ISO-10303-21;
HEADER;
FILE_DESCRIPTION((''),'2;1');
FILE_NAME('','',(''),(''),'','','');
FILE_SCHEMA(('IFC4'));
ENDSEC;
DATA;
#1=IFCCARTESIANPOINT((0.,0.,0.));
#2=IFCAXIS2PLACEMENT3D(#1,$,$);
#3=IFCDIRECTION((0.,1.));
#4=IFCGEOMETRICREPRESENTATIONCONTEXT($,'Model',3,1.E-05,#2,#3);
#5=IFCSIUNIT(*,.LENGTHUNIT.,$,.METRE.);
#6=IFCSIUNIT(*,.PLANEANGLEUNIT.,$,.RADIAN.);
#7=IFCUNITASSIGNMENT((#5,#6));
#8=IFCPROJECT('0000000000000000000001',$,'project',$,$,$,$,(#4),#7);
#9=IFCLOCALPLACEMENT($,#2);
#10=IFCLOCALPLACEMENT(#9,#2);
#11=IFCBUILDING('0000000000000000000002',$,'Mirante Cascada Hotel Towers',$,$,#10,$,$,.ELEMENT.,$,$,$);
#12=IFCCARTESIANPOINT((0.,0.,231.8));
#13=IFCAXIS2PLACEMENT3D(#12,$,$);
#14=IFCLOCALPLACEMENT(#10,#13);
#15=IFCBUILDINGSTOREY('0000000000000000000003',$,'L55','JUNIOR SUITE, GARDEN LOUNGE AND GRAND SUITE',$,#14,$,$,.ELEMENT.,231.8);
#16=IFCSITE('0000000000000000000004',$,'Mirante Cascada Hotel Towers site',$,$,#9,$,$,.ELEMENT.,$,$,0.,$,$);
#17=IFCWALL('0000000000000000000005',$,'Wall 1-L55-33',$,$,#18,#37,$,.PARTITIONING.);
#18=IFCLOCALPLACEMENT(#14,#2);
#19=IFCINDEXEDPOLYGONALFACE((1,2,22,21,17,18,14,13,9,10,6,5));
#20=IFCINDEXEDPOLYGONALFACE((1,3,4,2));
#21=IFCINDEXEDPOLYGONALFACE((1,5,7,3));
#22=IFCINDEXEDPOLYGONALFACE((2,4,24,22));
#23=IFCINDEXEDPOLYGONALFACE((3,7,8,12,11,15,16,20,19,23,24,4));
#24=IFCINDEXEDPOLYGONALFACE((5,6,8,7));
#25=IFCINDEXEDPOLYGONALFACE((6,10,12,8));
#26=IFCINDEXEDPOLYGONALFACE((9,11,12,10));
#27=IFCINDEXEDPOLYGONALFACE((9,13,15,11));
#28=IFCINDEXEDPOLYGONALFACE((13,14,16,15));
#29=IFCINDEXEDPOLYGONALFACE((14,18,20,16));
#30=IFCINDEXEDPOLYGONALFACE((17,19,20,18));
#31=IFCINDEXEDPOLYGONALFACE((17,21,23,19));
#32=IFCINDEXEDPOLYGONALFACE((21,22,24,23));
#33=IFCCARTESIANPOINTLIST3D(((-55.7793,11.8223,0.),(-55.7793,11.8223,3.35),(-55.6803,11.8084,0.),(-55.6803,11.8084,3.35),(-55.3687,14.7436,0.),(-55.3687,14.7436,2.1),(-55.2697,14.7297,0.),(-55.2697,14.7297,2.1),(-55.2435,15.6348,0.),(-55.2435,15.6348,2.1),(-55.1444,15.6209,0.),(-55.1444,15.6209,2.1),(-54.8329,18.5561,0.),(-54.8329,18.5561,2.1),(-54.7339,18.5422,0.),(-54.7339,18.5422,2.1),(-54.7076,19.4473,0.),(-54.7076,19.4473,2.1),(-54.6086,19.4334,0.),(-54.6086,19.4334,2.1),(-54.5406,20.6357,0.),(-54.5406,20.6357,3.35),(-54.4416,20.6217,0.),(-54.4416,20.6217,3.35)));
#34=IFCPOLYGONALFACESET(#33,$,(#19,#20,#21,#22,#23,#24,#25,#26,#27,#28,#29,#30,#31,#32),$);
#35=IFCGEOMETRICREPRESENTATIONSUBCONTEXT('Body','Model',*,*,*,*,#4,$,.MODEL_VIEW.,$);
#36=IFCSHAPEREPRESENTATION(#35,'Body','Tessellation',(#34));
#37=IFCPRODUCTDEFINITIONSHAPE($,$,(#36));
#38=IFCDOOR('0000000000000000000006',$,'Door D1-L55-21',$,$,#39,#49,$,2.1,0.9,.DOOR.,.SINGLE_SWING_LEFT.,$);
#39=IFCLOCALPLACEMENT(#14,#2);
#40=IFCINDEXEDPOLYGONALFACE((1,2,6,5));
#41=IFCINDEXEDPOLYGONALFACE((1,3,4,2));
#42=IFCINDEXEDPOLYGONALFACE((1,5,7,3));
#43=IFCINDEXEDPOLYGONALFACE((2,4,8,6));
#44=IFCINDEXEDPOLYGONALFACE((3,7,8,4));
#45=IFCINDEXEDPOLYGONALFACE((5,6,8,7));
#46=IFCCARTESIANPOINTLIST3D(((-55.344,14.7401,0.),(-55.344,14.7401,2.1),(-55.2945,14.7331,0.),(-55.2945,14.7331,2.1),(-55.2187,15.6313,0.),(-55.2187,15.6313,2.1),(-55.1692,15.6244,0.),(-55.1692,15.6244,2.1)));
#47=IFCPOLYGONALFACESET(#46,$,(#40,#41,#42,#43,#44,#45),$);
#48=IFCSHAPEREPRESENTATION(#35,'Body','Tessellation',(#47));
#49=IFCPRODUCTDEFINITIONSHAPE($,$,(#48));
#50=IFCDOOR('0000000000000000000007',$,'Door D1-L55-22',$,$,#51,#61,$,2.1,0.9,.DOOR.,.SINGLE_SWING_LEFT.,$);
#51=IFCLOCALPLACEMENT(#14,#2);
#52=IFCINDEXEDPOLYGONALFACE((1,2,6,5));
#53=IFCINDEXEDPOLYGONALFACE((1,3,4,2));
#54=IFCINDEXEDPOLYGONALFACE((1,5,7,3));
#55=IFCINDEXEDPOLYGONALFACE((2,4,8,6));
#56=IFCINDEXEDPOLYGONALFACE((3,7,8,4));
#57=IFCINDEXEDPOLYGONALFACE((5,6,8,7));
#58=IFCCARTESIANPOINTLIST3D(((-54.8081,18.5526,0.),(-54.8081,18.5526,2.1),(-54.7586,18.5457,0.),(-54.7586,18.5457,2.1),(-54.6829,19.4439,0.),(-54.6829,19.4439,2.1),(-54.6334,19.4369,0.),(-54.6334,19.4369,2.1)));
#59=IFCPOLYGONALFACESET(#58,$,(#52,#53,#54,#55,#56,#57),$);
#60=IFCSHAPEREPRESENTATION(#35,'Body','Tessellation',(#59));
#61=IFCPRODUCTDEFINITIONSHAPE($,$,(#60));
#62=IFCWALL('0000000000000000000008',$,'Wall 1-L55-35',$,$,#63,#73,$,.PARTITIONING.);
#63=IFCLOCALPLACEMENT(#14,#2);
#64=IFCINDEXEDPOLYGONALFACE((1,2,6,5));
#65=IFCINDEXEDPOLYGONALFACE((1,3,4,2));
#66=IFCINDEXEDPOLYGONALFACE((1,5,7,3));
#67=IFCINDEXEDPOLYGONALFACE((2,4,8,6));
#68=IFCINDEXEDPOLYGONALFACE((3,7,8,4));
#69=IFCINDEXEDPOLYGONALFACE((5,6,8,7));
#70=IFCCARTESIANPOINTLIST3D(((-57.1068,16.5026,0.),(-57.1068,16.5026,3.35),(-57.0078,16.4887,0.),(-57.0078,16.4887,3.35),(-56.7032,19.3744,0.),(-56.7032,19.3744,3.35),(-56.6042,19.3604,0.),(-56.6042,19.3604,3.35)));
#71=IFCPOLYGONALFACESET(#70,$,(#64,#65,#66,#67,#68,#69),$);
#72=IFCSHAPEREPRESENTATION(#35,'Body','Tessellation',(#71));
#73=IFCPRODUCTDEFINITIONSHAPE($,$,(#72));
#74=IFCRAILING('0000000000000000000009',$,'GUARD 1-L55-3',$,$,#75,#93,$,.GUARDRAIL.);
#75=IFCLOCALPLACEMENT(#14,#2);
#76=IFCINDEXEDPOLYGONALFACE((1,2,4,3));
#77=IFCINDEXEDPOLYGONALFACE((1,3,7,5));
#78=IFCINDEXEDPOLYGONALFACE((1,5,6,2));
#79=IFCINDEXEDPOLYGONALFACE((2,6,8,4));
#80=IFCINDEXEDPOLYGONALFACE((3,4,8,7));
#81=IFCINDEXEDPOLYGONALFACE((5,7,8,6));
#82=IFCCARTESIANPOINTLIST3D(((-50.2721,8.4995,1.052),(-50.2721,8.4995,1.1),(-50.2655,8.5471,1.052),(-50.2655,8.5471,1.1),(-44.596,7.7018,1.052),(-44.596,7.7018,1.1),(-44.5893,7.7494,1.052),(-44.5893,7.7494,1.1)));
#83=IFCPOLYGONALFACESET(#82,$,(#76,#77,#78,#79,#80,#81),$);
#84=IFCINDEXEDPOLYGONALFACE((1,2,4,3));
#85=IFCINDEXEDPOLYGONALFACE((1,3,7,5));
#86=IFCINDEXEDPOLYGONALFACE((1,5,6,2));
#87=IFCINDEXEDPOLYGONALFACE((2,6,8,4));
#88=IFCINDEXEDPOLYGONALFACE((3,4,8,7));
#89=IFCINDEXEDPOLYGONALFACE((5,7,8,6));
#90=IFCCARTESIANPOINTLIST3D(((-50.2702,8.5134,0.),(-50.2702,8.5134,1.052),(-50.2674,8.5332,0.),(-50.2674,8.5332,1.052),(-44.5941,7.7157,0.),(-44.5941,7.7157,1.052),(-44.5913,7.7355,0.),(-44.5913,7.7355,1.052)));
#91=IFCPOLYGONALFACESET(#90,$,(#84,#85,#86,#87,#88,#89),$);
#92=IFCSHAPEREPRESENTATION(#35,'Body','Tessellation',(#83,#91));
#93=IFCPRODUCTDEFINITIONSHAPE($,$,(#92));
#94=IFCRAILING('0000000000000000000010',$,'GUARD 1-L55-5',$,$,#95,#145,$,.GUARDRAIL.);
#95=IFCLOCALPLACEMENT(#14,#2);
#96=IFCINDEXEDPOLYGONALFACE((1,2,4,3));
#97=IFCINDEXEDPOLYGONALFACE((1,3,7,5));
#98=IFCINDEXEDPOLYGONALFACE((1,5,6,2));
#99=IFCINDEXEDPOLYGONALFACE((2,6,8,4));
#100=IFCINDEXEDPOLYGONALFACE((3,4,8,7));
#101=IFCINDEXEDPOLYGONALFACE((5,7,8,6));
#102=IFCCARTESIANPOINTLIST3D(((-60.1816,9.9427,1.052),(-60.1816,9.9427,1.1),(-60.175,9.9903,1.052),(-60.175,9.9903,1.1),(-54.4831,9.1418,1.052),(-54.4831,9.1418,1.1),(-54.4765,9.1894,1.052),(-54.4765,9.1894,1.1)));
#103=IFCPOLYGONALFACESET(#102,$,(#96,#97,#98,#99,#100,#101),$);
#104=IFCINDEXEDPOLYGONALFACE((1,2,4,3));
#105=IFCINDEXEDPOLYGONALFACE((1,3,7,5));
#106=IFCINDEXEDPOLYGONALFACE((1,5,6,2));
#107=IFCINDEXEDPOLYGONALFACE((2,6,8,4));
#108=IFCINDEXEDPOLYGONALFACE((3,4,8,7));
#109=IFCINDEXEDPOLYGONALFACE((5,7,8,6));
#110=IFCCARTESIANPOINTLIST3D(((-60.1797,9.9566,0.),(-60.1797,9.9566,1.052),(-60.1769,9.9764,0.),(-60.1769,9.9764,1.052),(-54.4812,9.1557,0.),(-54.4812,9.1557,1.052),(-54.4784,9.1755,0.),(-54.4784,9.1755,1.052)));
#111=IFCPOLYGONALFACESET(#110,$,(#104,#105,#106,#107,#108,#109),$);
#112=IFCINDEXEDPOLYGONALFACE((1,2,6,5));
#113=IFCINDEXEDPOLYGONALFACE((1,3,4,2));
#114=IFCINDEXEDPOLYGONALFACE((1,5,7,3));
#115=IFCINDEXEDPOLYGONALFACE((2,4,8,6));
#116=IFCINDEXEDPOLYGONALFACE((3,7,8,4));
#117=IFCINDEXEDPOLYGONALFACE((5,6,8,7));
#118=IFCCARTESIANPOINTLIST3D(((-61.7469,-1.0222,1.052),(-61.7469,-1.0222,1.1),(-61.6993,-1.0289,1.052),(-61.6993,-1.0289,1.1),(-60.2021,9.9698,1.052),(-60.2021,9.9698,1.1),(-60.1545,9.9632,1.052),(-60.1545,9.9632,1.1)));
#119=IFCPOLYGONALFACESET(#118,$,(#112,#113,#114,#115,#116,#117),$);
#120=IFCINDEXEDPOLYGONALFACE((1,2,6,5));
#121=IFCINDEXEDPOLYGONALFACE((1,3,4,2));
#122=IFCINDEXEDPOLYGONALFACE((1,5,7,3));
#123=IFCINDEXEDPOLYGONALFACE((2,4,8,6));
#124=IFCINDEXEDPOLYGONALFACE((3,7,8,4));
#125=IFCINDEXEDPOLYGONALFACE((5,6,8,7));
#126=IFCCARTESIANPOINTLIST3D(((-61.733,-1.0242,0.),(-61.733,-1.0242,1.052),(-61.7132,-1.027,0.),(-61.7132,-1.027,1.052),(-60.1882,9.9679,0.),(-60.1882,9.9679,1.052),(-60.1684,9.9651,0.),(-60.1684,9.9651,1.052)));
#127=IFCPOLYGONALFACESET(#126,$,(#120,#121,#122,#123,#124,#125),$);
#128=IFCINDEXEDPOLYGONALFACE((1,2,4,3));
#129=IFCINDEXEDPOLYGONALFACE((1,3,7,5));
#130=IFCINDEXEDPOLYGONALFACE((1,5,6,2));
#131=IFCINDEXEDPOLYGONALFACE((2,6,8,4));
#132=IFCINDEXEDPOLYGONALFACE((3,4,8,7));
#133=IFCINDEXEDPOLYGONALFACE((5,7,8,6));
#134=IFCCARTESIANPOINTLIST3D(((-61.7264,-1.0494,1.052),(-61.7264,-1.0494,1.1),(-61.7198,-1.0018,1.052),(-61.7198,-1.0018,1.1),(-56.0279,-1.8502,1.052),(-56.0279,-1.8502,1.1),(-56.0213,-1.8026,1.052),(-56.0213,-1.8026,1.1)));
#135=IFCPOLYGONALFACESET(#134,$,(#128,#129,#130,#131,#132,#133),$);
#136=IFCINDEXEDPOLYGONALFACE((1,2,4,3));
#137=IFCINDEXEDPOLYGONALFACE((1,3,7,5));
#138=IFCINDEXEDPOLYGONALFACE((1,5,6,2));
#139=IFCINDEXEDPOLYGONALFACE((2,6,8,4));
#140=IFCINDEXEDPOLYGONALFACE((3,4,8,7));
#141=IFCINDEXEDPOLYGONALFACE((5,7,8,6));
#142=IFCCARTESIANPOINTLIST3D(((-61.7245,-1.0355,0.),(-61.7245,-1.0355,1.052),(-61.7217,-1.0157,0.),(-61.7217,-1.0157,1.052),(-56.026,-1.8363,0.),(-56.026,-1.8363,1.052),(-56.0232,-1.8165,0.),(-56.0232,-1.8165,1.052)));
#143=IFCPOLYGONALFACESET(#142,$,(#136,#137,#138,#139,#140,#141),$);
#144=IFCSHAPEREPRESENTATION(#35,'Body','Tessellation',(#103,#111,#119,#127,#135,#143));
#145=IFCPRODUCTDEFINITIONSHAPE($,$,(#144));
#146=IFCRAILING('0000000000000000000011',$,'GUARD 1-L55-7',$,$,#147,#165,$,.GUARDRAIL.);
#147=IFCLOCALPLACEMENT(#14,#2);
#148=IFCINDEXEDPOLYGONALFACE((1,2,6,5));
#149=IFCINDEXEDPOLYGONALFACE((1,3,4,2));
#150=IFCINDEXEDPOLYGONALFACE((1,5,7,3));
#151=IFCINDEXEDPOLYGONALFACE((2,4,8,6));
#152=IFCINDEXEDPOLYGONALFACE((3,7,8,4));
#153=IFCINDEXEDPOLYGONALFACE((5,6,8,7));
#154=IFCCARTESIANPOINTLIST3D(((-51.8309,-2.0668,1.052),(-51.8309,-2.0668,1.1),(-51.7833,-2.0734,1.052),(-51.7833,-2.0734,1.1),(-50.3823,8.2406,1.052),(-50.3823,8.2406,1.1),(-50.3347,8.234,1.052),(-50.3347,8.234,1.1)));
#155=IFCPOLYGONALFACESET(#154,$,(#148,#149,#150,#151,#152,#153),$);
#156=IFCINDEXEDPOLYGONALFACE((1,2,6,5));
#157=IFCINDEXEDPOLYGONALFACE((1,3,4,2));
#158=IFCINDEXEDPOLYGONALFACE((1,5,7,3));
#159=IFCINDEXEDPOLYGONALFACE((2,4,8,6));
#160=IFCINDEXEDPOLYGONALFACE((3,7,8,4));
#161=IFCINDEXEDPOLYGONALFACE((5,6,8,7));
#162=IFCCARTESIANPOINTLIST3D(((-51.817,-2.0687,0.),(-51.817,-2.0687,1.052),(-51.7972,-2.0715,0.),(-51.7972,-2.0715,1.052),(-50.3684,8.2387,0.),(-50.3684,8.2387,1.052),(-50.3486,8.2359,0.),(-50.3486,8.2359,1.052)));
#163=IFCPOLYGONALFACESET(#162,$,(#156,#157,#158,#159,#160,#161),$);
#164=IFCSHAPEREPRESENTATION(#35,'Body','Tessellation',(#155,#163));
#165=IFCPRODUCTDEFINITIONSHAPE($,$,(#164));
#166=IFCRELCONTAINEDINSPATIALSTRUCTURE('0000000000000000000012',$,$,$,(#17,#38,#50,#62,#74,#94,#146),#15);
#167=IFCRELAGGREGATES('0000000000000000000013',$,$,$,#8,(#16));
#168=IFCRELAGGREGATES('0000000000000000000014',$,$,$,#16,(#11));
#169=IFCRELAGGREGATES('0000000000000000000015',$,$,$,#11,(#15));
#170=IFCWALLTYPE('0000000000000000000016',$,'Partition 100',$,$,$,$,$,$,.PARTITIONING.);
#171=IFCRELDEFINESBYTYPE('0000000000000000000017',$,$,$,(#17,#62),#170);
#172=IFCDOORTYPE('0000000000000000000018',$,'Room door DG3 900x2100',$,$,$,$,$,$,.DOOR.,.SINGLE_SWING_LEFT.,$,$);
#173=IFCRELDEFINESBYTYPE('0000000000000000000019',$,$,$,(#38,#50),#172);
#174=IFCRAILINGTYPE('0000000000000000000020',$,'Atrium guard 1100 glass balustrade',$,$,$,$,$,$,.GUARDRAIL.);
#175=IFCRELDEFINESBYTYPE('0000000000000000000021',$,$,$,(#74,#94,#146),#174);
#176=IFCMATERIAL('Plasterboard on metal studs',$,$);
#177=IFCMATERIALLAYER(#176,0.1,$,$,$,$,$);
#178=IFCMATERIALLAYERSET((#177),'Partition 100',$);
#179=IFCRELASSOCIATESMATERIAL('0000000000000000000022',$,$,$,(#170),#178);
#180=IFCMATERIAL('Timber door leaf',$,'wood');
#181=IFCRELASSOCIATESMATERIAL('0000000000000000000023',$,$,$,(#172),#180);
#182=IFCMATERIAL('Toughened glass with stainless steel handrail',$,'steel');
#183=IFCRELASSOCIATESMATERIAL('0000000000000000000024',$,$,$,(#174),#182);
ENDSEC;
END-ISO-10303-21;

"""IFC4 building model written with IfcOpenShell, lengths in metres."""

from ifc_helpers import new_model, si_unit, direction, frame, frame_2d, origin, origin_2d, place, context, subcontext, project, spatial, rectangle, extrude, material, layer, layer_set, type_object, element, fill, save


model = new_model("IFC4")

# Units and contexts
model_context = context("Model", 3, precision=1e-05, world=origin(), true_north=direction((0.0, 1.0)))
body_context = subcontext(model_context, "Body", "Model", "MODEL_VIEW")
ifc_project = project(units=[si_unit("LENGTHUNIT", "METRE"), si_unit("PLANEANGLEUNIT", "RADIAN")], contexts=[model_context])

# Site, building, storey
site_placement = place(None, origin())
site = spatial("IfcSite", under=ifc_project, at=site_placement, Name="Mirante Cascada Hotel Towers site", CompositionType="ELEMENT", RefElevation=0.0)
building_placement = place(site_placement, origin())
building = spatial("IfcBuilding", under=site, at=building_placement, Name="Mirante Cascada Hotel Towers", CompositionType="ELEMENT")
storey_placement = place(building_placement, frame((0.0, 0.0, 231.8)))
storey = spatial("IfcBuildingStorey", under=building, at=storey_placement, Name="L55", Description="JUNIOR SUITE, GARDEN LOUNGE AND GRAND SUITE", CompositionType="ELEMENT", Elevation=231.8)

# Shared definitions
ifc_material_1 = material(Name="Plasterboard on metal studs")
ifc_layer_1 = layer(ifc_material_1, 0.1)
ifc_layer_set_1 = layer_set([ifc_layer_1], Name="Partition 100")
wall_type_1 = type_object("IfcWallType", Name="Partition 100", PredefinedType="PARTITIONING", material=ifc_layer_set_1)

# Shared definitions
ifc_material_2 = material(Name="Timber door leaf", Category="wood")
door_type_1 = type_object("IfcDoorType", Name="Room door DG3 900x2100", OperationType="SINGLE_SWING_LEFT", PredefinedType="DOOR", material=ifc_material_2)

# Wall, openings, doors
wall_1_placement = place(storey_placement, frame((-54.4911, 20.6287, 0.0), z_axis=(0.0, 0.0, 1.0), x_axis=(-0.139179, -0.990267, 0.0)))
wall_1 = element("IfcWall", 1, at=wall_1_placement, inside=storey, type_object=wall_type_1, Name="Wall 1-L55-33", PredefinedType="PARTITIONING", context=body_context, shape_type="SweptSolid", body=[
    extrude(rectangle(XDim=8.9, YDim=0.1, at=frame_2d((4.45, 0.0))), origin(), (0.0, 0.0, 1.0), 3.35),
])
opening_1_placement = place(wall_1_placement, frame((5.05, 0.0, 0.0)))
opening_1 = element("IfcOpeningElement", 2, at=opening_1_placement, cuts=wall_1, PredefinedType="OPENING", context=body_context, shape_type="SweptSolid", body=[
    extrude(rectangle(XDim=0.9, YDim=2.1, at=frame_2d((0.45, 1.05))), frame((0.0, 0.05, 0.0), z_axis=(0.0, -1.0, 0.0), x_axis=(1.0, 0.0, 0.0)), (0.0, 0.0, 1.0), 0.1),
])
opening_2_placement = place(wall_1_placement, frame((1.2, 0.0, 0.0)))
opening_2 = element("IfcOpeningElement", 3, at=opening_2_placement, cuts=wall_1, PredefinedType="OPENING", context=body_context, shape_type="SweptSolid", body=[
    extrude(rectangle(XDim=0.9, YDim=2.1, at=frame_2d((0.45, 1.05))), frame((0.0, 0.05, 0.0), z_axis=(0.0, -1.0, 0.0), x_axis=(1.0, 0.0, 0.0)), (0.0, 0.0, 1.0), 0.1),
])
door_1_placement = place(opening_1_placement, origin())
door_1 = element("IfcDoor", 4, at=door_1_placement, inside=storey, type_object=door_type_1, Name="Door D1-L55-21", OperationType="SINGLE_SWING_LEFT", OverallHeight=2.1, OverallWidth=0.9, PredefinedType="DOOR", context=body_context, shape_type="SweptSolid", body=[
    extrude(rectangle(XDim=0.9, YDim=2.1, at=frame_2d((0.45, 1.05))), frame((0.0, 0.025, 0.0), z_axis=(0.0, -1.0, 0.0), x_axis=(1.0, 0.0, 0.0)), (0.0, 0.0, 1.0), 0.05),
])
fill(opening_1, door_1)
door_2_placement = place(opening_2_placement, origin())
door_2 = element("IfcDoor", 5, at=door_2_placement, inside=storey, type_object=door_type_1, Name="Door D1-L55-22", OperationType="SINGLE_SWING_LEFT", OverallHeight=2.1, OverallWidth=0.9, PredefinedType="DOOR", context=body_context, shape_type="SweptSolid", body=[
    extrude(rectangle(XDim=0.9, YDim=2.1, at=frame_2d((0.45, 1.05))), frame((0.0, 0.025, 0.0), z_axis=(0.0, -1.0, 0.0), x_axis=(1.0, 0.0, 0.0)), (0.0, 0.0, 1.0), 0.05),
])
fill(opening_2, door_2)

# Wall
wall_2_placement = place(storey_placement, frame((-56.6537, 19.3674, 0.0), z_axis=(0.0, 0.0, 1.0), x_axis=(-0.139171, -0.990268, 0.0)))
element("IfcWall", 6, at=wall_2_placement, inside=storey, type_object=wall_type_1, Name="Wall 1-L55-35", PredefinedType="PARTITIONING", context=body_context, shape_type="SweptSolid", body=[
    extrude(rectangle(XDim=2.9, YDim=0.1, at=frame_2d((1.45, 0.0))), origin(), (0.0, 0.0, 1.0), 3.35),
])

# Railings
ifc_material_3 = material(Name="Toughened glass with stainless steel handrail", Category="steel")
railing_type = type_object("IfcRailingType", Name="Atrium guard 1100 glass balustrade", PredefinedType="GUARDRAIL", material=ifc_material_3)
railing_1_placement = place(storey_placement, frame((-50.2688, 8.5233, 0.0)))
element("IfcRailing", 7, at=railing_1_placement, inside=storey, type_object=railing_type, Name="GUARD 1-L55-3", PredefinedType="GUARDRAIL", context=body_context, shape_type="SweptSolid", body=[
    extrude(rectangle(XDim=0.048, YDim=0.048, at=origin_2d()), frame((0.0, 0.0, 1.076), z_axis=(0.990269, -0.139169, 0.0), x_axis=(0.139169, 0.990269, 0.0)), (0.0, 0.0, 1.0), 5.7319),
    extrude(rectangle(XDim=0.02, YDim=1.052, at=origin_2d()), frame((0.0, 0.0, 0.526), z_axis=(0.990269, -0.139169, 0.0), x_axis=(0.139169, 0.990269, 0.0)), (0.0, 0.0, 1.0), 5.7319),
])
railing_2_placement = place(storey_placement, frame((-54.4798, 9.1656, 0.0)))
element("IfcRailing", 8, at=railing_2_placement, inside=storey, type_object=railing_type, Name="GUARD 1-L55-5", PredefinedType="GUARDRAIL", context=body_context, shape_type="SweptSolid", body=[
    extrude(rectangle(XDim=0.048, YDim=0.048, at=origin_2d()), frame((0.0, 0.0, 1.076), z_axis=(-0.990267, 0.139178, 0.0), x_axis=(-0.139178, -0.990267, 0.0)), (0.0, 0.0, 1.0), 5.7545),
    extrude(rectangle(XDim=0.02, YDim=1.052, at=origin_2d()), frame((0.0, 0.0, 0.526), z_axis=(-0.990267, 0.139178, 0.0), x_axis=(-0.139178, -0.990267, 0.0)), (0.0, 0.0, 1.0), 5.7545),
    extrude(rectangle(XDim=0.048, YDim=0.048, at=origin_2d()), frame((-5.6985, 0.8009, 1.076), z_axis=(-0.13917, -0.990269, 0.0), x_axis=(0.990269, -0.13917, 0.0)), (0.0, 0.0, 1.0), 11.1001),
    extrude(rectangle(XDim=0.02, YDim=1.052, at=origin_2d()), frame((-5.6985, 0.8009, 0.526), z_axis=(-0.13917, -0.990269, 0.0), x_axis=(0.990269, -0.13917, 0.0)), (0.0, 0.0, 1.0), 11.1001),
    extrude(rectangle(XDim=0.048, YDim=0.048, at=origin_2d()), frame((-7.2433, -10.1912, 1.076), z_axis=(0.99027, -0.139161, 0.0), x_axis=(0.139161, 0.99027, 0.0)), (0.0, 0.0, 1.0), 5.7545),
    extrude(rectangle(XDim=0.02, YDim=1.052, at=origin_2d()), frame((-7.2433, -10.1912, 0.526), z_axis=(0.99027, -0.139161, 0.0), x_axis=(0.139161, 0.99027, 0.0)), (0.0, 0.0, 1.0), 5.7545),
])
railing_3_placement = place(storey_placement, frame((-50.3585, 8.2373, 0.0)))
element("IfcRailing", 9, at=railing_3_placement, inside=storey, type_object=railing_type, Name="GUARD 1-L55-7", PredefinedType="GUARDRAIL", context=body_context, shape_type="SweptSolid", body=[
    extrude(rectangle(XDim=0.048, YDim=0.048, at=origin_2d()), frame((0.0, 0.0, 1.076), z_axis=(-0.139172, -0.990268, 0.0), x_axis=(0.990268, -0.139172, 0.0)), (0.0, 0.0, 1.0), 10.4087),
    extrude(rectangle(XDim=0.02, YDim=1.052, at=origin_2d()), frame((0.0, 0.0, 0.526), z_axis=(-0.139172, -0.990268, 0.0), x_axis=(0.990268, -0.139172, 0.0)), (0.0, 0.0, 1.0), 10.4087),
])

save(model, "model.ifc")
